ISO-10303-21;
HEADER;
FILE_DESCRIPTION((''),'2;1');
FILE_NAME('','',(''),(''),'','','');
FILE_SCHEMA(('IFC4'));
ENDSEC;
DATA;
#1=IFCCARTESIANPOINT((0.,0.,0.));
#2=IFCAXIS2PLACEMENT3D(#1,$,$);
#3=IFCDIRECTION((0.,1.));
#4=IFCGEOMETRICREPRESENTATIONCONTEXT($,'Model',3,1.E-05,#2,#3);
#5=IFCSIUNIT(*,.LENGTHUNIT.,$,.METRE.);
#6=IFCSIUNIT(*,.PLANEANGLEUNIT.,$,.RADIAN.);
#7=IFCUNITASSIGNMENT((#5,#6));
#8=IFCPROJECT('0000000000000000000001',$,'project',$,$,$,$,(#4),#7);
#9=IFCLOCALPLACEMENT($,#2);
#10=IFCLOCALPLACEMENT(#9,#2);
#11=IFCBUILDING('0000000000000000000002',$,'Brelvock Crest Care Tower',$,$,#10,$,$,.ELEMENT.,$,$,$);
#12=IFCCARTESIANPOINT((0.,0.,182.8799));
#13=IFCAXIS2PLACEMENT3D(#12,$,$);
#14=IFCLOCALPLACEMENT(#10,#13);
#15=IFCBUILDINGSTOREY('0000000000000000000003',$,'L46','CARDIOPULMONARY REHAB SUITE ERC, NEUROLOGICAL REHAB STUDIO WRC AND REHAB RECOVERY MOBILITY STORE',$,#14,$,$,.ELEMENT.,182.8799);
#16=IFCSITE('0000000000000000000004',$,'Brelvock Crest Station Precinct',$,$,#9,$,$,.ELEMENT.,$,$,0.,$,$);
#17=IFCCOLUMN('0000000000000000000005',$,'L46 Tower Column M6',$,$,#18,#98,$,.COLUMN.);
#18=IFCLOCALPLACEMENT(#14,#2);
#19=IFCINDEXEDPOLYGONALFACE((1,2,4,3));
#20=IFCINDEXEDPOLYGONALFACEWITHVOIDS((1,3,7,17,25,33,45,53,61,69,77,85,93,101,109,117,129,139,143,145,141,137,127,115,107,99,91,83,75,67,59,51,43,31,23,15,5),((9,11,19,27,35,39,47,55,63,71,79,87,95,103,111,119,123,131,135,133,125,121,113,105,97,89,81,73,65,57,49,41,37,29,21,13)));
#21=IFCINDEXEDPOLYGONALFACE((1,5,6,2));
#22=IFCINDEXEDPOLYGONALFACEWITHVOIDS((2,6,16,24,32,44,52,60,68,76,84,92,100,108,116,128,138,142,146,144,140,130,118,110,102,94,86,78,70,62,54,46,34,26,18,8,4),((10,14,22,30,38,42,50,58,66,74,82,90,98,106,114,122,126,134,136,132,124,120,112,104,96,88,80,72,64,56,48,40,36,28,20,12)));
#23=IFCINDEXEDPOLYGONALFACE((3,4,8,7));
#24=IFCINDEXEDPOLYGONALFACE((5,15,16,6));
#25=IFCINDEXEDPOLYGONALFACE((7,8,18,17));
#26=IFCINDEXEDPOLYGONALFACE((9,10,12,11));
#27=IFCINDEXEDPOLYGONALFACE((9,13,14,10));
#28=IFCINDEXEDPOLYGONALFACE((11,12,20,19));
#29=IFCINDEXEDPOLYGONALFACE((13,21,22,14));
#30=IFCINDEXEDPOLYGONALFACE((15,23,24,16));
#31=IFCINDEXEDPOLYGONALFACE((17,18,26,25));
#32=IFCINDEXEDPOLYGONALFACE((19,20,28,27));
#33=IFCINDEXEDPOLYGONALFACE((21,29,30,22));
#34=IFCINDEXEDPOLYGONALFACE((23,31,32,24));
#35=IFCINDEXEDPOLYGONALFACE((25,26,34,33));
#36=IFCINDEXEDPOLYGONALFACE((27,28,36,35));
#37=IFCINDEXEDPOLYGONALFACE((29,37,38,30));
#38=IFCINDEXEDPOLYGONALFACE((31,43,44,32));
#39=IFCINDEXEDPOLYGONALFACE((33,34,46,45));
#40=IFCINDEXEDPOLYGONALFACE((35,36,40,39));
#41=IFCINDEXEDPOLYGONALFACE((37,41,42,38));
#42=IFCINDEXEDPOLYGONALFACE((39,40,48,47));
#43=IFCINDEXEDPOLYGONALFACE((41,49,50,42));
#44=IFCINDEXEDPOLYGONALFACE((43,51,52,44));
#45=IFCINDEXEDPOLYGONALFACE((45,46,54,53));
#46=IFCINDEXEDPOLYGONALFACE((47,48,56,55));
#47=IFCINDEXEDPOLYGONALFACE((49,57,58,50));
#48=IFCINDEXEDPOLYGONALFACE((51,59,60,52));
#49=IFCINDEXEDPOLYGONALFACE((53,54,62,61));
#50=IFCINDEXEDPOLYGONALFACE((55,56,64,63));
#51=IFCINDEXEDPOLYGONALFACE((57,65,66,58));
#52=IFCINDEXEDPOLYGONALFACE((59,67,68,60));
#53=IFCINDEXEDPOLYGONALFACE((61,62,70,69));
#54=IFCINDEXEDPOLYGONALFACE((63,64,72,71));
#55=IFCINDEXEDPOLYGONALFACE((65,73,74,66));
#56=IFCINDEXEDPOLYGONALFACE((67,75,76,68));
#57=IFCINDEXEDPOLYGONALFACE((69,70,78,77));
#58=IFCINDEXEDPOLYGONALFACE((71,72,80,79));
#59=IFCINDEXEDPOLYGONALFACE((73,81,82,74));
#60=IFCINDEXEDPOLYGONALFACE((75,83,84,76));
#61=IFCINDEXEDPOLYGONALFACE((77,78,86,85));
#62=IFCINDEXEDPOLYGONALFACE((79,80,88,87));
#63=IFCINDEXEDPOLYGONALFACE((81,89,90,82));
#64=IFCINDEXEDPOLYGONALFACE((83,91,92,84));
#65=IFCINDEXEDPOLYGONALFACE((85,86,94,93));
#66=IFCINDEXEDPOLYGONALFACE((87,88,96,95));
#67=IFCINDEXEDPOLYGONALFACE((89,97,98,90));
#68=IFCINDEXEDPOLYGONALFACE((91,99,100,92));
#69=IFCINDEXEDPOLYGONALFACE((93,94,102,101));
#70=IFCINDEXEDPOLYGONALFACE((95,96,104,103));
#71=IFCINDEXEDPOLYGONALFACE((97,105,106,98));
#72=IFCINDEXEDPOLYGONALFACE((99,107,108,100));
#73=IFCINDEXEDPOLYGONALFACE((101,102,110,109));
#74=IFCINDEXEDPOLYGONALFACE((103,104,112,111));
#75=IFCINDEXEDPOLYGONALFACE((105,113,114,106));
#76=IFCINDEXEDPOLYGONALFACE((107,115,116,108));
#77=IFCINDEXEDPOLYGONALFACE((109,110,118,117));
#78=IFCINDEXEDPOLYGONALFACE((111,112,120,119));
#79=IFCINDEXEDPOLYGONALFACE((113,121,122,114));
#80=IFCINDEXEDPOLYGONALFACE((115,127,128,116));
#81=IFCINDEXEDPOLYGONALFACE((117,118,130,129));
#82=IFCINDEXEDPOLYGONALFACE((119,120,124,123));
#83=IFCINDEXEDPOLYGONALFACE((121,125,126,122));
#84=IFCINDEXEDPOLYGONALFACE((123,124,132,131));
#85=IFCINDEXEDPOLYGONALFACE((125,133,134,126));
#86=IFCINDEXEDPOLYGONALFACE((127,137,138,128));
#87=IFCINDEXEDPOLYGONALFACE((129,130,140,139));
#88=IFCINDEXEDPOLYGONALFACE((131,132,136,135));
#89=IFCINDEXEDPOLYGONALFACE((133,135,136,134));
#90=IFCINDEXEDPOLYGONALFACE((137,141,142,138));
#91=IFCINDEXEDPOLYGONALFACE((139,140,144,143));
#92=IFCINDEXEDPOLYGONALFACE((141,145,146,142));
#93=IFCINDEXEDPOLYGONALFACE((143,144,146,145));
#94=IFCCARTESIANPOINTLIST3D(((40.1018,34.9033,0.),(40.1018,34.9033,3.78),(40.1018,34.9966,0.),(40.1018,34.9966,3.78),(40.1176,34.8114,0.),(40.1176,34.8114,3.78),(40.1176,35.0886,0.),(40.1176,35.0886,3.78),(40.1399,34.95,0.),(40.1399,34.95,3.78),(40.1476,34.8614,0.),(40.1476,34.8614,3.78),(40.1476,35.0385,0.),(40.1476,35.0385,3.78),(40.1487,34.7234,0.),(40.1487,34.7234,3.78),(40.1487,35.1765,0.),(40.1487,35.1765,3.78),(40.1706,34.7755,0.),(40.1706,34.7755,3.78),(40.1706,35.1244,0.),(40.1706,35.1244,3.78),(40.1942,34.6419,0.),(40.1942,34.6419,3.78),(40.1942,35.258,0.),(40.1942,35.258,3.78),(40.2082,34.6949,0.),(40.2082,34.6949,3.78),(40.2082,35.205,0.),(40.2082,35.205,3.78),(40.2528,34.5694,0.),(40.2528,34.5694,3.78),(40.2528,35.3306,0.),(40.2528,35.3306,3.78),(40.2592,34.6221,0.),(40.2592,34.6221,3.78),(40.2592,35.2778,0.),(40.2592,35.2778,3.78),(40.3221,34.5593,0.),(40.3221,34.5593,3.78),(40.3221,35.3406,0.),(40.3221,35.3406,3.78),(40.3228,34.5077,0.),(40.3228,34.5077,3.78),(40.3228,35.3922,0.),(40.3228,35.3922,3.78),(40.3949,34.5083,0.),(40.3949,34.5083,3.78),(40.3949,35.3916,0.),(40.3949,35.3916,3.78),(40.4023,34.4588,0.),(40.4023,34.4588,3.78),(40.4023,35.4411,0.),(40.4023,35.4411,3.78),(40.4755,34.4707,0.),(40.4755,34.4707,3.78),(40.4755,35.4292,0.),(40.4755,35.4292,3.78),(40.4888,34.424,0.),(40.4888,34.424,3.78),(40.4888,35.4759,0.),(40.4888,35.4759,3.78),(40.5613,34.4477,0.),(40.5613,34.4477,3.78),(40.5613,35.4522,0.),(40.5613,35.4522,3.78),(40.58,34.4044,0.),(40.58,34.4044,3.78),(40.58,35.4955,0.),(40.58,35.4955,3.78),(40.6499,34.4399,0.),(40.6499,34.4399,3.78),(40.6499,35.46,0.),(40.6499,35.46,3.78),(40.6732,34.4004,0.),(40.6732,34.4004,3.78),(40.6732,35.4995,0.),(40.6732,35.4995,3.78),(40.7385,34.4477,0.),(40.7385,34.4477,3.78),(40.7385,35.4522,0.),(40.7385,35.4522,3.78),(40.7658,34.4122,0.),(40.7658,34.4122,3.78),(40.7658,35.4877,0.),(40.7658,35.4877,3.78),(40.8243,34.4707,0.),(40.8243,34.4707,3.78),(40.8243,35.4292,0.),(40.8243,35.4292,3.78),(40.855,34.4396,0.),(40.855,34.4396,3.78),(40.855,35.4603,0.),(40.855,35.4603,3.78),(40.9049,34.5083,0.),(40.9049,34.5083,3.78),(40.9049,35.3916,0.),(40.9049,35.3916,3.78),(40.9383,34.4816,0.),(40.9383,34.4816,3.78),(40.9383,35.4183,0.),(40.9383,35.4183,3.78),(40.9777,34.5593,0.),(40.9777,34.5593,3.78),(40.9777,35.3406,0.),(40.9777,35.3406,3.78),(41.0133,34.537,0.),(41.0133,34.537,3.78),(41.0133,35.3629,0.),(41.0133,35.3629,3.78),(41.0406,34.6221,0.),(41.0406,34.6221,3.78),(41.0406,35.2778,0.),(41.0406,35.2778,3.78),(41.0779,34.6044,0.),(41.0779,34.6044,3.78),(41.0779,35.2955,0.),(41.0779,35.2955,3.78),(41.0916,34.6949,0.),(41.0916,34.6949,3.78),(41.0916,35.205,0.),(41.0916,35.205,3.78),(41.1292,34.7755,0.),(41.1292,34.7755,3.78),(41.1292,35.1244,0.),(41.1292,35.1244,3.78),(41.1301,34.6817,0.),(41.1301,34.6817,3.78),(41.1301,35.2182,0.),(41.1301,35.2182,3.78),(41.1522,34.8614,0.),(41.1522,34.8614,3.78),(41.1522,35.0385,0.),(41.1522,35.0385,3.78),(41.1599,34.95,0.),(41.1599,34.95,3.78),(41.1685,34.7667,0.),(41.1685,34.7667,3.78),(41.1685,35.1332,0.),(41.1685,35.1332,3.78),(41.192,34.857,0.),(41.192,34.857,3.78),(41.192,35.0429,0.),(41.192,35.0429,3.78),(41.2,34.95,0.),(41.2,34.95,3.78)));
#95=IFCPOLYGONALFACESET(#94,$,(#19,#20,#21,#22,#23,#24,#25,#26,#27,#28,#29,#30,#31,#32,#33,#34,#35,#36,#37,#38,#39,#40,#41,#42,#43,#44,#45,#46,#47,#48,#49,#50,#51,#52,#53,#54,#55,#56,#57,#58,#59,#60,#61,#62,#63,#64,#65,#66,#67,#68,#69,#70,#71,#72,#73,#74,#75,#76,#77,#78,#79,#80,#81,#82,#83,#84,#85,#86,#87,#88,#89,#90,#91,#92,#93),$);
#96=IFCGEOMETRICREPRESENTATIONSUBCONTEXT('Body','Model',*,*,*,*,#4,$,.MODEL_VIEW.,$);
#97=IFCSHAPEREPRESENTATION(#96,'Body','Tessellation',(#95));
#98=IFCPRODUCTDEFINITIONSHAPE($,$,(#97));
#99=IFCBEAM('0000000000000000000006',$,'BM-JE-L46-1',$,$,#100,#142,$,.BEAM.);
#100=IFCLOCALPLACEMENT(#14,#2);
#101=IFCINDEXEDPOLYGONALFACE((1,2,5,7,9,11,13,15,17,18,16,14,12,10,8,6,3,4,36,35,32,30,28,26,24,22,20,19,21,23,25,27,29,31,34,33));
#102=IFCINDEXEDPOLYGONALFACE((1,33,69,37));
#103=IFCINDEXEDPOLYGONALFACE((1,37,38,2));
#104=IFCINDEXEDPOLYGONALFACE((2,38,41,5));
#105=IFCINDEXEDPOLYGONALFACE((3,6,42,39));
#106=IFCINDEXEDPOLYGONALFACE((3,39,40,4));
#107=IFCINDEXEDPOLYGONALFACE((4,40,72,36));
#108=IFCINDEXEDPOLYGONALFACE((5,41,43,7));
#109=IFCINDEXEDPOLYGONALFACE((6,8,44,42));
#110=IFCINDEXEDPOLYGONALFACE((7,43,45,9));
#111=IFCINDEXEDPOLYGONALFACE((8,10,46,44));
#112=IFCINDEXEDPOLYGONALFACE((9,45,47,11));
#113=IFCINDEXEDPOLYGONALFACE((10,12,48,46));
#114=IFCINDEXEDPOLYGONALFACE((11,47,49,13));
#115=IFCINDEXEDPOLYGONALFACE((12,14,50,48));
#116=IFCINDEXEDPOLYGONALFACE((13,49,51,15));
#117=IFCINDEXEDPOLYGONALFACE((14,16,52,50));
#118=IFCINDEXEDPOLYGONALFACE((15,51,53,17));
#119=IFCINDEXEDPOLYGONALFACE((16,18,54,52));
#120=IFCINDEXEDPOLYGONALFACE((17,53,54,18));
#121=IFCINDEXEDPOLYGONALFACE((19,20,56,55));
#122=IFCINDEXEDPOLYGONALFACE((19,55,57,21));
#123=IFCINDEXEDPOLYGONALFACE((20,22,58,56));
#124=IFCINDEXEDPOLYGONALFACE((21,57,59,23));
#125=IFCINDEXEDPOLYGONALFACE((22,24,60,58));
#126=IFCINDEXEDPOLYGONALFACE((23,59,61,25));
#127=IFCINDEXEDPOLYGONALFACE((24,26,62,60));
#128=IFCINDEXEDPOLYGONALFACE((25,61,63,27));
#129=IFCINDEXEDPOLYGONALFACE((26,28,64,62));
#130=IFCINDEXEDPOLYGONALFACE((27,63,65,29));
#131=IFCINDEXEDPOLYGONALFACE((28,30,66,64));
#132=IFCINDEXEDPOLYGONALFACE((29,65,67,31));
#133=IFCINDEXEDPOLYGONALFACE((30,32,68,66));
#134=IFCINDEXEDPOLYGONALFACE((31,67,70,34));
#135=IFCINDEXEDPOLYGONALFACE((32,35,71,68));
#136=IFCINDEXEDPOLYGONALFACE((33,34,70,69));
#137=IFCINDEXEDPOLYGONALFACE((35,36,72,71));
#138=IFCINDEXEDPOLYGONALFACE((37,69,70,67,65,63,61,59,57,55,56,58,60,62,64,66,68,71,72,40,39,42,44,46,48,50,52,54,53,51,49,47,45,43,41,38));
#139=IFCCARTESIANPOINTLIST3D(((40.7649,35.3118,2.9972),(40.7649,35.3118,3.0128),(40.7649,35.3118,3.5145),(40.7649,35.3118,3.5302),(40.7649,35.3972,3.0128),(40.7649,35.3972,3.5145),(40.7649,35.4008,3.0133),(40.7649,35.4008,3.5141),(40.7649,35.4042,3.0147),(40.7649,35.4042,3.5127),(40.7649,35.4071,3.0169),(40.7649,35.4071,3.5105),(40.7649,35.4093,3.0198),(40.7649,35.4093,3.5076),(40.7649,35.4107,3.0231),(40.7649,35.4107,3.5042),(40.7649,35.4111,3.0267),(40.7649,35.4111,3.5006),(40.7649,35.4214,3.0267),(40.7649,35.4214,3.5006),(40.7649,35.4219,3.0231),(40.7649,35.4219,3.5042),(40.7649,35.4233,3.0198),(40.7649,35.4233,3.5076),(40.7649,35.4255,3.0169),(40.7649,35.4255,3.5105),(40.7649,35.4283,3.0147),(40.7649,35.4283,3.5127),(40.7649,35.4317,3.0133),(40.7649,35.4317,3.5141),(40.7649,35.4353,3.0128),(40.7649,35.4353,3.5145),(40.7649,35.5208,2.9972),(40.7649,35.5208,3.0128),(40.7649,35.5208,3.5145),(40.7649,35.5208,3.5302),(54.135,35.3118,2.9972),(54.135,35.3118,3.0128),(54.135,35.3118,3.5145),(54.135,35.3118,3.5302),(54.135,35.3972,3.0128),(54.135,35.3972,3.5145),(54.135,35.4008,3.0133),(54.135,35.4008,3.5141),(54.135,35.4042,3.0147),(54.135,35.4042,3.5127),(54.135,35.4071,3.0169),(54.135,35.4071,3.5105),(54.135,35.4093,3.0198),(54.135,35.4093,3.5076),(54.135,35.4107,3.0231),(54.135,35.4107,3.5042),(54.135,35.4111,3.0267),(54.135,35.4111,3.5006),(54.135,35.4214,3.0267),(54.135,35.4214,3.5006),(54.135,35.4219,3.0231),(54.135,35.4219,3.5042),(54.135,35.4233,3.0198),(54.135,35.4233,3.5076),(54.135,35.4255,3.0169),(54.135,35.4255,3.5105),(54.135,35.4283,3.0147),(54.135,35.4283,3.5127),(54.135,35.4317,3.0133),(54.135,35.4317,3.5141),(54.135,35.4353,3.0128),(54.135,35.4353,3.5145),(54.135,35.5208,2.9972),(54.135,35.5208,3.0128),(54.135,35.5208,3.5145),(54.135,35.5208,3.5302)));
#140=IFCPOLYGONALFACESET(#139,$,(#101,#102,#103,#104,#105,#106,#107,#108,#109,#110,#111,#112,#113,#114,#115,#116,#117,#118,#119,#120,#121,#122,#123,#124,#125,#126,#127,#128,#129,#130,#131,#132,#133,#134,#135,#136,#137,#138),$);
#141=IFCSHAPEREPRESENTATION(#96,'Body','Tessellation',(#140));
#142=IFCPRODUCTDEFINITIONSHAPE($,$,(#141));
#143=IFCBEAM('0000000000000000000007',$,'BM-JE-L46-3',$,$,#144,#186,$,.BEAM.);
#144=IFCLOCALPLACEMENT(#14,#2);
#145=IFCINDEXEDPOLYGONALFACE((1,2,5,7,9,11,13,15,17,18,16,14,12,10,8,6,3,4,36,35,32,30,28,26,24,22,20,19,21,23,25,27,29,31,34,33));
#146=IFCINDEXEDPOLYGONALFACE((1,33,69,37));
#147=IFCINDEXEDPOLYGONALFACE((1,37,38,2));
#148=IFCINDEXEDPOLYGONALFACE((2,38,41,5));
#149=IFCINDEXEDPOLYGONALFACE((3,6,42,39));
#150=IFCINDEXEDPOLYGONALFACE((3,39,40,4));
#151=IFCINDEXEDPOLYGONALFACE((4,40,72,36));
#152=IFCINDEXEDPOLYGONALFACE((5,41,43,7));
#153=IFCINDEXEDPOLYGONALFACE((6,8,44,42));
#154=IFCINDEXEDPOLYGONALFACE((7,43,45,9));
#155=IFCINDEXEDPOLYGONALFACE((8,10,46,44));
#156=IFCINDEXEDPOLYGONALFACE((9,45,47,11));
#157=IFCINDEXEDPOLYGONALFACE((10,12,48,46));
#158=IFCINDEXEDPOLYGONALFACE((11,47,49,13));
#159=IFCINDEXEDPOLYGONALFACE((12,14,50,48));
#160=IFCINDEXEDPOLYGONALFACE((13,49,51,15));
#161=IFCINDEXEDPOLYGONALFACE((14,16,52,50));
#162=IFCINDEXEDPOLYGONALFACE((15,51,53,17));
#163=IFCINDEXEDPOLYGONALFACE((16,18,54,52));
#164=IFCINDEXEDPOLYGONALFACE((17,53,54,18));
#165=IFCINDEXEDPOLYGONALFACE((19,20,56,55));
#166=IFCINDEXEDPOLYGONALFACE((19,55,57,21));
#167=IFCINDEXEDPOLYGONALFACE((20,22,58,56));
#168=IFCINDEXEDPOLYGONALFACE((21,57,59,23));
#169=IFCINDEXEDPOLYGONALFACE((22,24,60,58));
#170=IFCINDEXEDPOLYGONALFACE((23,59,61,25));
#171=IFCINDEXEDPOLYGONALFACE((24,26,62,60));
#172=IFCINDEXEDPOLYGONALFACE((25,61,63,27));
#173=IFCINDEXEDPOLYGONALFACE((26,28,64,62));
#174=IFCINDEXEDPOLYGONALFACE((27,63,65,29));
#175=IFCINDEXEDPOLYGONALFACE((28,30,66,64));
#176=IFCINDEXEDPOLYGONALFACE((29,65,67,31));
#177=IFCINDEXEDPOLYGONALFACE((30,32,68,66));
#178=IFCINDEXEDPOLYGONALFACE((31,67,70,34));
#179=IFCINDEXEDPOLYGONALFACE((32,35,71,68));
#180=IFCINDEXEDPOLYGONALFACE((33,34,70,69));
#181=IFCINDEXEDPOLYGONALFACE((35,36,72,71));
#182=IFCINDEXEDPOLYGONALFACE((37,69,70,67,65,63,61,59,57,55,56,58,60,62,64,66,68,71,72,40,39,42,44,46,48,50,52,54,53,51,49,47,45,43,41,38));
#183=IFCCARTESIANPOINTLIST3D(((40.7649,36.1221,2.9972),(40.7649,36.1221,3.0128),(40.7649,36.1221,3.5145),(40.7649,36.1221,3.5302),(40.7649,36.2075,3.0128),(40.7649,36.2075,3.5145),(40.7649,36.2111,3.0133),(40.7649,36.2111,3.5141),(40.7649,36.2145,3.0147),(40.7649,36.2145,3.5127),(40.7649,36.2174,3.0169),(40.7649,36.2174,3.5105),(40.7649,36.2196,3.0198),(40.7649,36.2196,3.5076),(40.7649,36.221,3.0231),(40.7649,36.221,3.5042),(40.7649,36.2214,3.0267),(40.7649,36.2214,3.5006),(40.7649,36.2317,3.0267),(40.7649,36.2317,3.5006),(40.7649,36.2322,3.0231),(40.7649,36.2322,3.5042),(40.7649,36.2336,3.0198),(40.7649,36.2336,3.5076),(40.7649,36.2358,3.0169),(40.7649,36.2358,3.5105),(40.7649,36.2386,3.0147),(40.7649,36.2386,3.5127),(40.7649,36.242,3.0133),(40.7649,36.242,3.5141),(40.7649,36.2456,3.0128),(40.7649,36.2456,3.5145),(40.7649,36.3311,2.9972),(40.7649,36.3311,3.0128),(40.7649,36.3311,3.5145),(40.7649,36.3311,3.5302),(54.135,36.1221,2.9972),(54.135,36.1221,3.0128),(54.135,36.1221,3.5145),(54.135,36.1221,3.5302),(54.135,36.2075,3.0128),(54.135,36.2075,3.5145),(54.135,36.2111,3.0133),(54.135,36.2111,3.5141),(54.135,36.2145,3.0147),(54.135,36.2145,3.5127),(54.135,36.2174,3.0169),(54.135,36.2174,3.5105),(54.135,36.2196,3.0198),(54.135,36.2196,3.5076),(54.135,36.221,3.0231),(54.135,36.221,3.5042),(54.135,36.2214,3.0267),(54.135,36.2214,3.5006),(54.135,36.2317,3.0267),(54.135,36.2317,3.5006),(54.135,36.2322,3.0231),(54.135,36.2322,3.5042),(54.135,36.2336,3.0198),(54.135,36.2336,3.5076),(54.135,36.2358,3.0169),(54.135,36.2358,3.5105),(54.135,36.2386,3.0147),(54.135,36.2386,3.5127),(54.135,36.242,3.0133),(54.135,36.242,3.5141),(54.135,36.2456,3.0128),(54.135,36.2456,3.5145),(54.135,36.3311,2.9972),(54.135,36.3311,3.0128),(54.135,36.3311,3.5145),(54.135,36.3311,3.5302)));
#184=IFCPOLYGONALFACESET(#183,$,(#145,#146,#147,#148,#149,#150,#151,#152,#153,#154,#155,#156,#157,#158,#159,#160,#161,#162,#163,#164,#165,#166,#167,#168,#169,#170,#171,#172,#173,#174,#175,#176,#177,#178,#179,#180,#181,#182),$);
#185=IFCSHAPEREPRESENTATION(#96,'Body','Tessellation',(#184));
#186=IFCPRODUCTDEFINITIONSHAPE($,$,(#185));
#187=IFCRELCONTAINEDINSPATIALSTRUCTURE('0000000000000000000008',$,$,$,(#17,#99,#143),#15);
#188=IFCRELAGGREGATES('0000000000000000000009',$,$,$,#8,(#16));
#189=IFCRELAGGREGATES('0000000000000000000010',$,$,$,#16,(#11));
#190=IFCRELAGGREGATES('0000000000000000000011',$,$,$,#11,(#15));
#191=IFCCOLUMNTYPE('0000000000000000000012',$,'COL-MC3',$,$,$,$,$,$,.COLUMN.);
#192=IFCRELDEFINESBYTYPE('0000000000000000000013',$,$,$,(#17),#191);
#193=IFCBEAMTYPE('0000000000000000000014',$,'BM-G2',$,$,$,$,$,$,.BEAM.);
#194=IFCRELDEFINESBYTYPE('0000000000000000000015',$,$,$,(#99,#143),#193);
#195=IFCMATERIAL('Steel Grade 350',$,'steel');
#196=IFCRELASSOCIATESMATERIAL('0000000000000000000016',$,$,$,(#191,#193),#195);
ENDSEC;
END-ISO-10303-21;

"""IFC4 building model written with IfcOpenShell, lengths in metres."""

from ifc_helpers import new_model, si_unit, direction, frame, origin, origin_2d, place, context, subcontext, project, spatial, hollow_circle, i_section, extrude, source, transform, mapped, material, material_profile, profile_set, type_object, element, save


model = new_model("IFC4")

# Units and contexts
model_context = context("Model", 3, precision=1e-05, world=origin(), true_north=direction((0.0, 1.0)))
body_context = subcontext(model_context, "Body", "Model", "MODEL_VIEW")
ifc_project = project(units=[si_unit("LENGTHUNIT", "METRE"), si_unit("PLANEANGLEUNIT", "RADIAN")], contexts=[model_context])

# Site, building, storey
site_placement = place(None, origin())
site = spatial("IfcSite", under=ifc_project, at=site_placement, Name="Brelvock Crest Station Precinct", CompositionType="ELEMENT", RefElevation=0.0)
building_placement = place(site_placement, origin())
building = spatial("IfcBuilding", under=site, at=building_placement, Name="Brelvock Crest Care Tower", CompositionType="ELEMENT")
storey_placement = place(building_placement, frame((0.0, 0.0, 182.8799)))
storey = spatial("IfcBuildingStorey", under=building, at=storey_placement, Name="L46", Description="CARDIOPULMONARY REHAB SUITE ERC, NEUROLOGICAL REHAB STUDIO WRC AND REHAB RECOVERY MOBILITY STORE", CompositionType="ELEMENT", Elevation=182.8799)

# Column
ifc_material_1 = material(Name="Steel Grade 350", Category="steel")
ifc_material_profile_1 = material_profile(ifc_material_1, hollow_circle(Radius=0.55, WallThickness=0.04, at=origin_2d()), Name="CFT1100x40")
ifc_profile_set_1 = profile_set([ifc_material_profile_1], Name="Steel Grade 350")
column_type = type_object("IfcColumnType", Name="COL-MC3", PredefinedType="COLUMN", material=ifc_profile_set_1)
shared_shape_1 = source(origin(), body_context, "Body", "SweptSolid", [
    extrude(hollow_circle(Radius=0.55, WallThickness=0.04, at=origin_2d()), origin(), (0.0, 0.0, 1.0), 3.78),
])
column_placement = place(storey_placement, frame((40.6499, 34.95, 0.0), z_axis=(0.0, 0.0, 1.0), x_axis=(1.0, 0.0, 0.0)))
element("IfcColumn", 1, at=column_placement, inside=storey, type_object=column_type, Name="L46 Tower Column M6", PredefinedType="COLUMN", context=body_context, shape_type="MappedRepresentation", body=[
    mapped(shared_shape_1, transform((0.0, 0.0, 0.0), x_axis=(1.0, 0.0, 0.0), y_axis=(0.0, 1.0, 0.0), z_axis=(0.0, 0.0, 1.0), scale=1.0)),
])

# Beams
ifc_material_profile_2 = material_profile(ifc_material_1, i_section(OverallWidth=0.209, OverallDepth=0.533, WebThickness=0.0103, FlangeThickness=0.0156, FilletRadius=0.0139, at=origin_2d()), Name="530UB92.4")
ifc_profile_set_2 = profile_set([ifc_material_profile_2], Name="Steel Grade 350")
beam_type_1 = type_object("IfcBeamType", Name="BM-G2", PredefinedType="BEAM", material=ifc_profile_set_2)
shared_shape_2 = source(origin(), body_context, "Body", "SweptSolid", [
    extrude(i_section(OverallWidth=0.209, OverallDepth=0.533, WebThickness=0.0103, FlangeThickness=0.0156, FilletRadius=0.0139, at=origin_2d()), origin(), (0.0, 0.0, 1.0), 13.3701),
])
for number, where, z_axis, x_axis, name in (
    (2, (40.7649, 35.4163, 3.2637), (1.0, 0.0, 0.0), (0.0, 1.0, 0.0), "BM-JE-L46-1"),
    (3, (40.7649, 36.2266, 3.2637), (1.0, 0.0, 0.0), (0.0, 1.0, 0.0), "BM-JE-L46-3"),
):
    element("IfcBeam", number, at=place(storey_placement, frame(where, z_axis=z_axis, x_axis=x_axis)), inside=storey, type_object=beam_type_1, Name=name, PredefinedType="BEAM", context=body_context, shape_type="MappedRepresentation", body=[
        mapped(shared_shape_2, transform((0.0, 0.0, 0.0), x_axis=(1.0, 0.0, 0.0), y_axis=(0.0, 1.0, 0.0), z_axis=(0.0, 0.0, 1.0), scale=1.0)),
    ])

save(model, "model.ifc")
